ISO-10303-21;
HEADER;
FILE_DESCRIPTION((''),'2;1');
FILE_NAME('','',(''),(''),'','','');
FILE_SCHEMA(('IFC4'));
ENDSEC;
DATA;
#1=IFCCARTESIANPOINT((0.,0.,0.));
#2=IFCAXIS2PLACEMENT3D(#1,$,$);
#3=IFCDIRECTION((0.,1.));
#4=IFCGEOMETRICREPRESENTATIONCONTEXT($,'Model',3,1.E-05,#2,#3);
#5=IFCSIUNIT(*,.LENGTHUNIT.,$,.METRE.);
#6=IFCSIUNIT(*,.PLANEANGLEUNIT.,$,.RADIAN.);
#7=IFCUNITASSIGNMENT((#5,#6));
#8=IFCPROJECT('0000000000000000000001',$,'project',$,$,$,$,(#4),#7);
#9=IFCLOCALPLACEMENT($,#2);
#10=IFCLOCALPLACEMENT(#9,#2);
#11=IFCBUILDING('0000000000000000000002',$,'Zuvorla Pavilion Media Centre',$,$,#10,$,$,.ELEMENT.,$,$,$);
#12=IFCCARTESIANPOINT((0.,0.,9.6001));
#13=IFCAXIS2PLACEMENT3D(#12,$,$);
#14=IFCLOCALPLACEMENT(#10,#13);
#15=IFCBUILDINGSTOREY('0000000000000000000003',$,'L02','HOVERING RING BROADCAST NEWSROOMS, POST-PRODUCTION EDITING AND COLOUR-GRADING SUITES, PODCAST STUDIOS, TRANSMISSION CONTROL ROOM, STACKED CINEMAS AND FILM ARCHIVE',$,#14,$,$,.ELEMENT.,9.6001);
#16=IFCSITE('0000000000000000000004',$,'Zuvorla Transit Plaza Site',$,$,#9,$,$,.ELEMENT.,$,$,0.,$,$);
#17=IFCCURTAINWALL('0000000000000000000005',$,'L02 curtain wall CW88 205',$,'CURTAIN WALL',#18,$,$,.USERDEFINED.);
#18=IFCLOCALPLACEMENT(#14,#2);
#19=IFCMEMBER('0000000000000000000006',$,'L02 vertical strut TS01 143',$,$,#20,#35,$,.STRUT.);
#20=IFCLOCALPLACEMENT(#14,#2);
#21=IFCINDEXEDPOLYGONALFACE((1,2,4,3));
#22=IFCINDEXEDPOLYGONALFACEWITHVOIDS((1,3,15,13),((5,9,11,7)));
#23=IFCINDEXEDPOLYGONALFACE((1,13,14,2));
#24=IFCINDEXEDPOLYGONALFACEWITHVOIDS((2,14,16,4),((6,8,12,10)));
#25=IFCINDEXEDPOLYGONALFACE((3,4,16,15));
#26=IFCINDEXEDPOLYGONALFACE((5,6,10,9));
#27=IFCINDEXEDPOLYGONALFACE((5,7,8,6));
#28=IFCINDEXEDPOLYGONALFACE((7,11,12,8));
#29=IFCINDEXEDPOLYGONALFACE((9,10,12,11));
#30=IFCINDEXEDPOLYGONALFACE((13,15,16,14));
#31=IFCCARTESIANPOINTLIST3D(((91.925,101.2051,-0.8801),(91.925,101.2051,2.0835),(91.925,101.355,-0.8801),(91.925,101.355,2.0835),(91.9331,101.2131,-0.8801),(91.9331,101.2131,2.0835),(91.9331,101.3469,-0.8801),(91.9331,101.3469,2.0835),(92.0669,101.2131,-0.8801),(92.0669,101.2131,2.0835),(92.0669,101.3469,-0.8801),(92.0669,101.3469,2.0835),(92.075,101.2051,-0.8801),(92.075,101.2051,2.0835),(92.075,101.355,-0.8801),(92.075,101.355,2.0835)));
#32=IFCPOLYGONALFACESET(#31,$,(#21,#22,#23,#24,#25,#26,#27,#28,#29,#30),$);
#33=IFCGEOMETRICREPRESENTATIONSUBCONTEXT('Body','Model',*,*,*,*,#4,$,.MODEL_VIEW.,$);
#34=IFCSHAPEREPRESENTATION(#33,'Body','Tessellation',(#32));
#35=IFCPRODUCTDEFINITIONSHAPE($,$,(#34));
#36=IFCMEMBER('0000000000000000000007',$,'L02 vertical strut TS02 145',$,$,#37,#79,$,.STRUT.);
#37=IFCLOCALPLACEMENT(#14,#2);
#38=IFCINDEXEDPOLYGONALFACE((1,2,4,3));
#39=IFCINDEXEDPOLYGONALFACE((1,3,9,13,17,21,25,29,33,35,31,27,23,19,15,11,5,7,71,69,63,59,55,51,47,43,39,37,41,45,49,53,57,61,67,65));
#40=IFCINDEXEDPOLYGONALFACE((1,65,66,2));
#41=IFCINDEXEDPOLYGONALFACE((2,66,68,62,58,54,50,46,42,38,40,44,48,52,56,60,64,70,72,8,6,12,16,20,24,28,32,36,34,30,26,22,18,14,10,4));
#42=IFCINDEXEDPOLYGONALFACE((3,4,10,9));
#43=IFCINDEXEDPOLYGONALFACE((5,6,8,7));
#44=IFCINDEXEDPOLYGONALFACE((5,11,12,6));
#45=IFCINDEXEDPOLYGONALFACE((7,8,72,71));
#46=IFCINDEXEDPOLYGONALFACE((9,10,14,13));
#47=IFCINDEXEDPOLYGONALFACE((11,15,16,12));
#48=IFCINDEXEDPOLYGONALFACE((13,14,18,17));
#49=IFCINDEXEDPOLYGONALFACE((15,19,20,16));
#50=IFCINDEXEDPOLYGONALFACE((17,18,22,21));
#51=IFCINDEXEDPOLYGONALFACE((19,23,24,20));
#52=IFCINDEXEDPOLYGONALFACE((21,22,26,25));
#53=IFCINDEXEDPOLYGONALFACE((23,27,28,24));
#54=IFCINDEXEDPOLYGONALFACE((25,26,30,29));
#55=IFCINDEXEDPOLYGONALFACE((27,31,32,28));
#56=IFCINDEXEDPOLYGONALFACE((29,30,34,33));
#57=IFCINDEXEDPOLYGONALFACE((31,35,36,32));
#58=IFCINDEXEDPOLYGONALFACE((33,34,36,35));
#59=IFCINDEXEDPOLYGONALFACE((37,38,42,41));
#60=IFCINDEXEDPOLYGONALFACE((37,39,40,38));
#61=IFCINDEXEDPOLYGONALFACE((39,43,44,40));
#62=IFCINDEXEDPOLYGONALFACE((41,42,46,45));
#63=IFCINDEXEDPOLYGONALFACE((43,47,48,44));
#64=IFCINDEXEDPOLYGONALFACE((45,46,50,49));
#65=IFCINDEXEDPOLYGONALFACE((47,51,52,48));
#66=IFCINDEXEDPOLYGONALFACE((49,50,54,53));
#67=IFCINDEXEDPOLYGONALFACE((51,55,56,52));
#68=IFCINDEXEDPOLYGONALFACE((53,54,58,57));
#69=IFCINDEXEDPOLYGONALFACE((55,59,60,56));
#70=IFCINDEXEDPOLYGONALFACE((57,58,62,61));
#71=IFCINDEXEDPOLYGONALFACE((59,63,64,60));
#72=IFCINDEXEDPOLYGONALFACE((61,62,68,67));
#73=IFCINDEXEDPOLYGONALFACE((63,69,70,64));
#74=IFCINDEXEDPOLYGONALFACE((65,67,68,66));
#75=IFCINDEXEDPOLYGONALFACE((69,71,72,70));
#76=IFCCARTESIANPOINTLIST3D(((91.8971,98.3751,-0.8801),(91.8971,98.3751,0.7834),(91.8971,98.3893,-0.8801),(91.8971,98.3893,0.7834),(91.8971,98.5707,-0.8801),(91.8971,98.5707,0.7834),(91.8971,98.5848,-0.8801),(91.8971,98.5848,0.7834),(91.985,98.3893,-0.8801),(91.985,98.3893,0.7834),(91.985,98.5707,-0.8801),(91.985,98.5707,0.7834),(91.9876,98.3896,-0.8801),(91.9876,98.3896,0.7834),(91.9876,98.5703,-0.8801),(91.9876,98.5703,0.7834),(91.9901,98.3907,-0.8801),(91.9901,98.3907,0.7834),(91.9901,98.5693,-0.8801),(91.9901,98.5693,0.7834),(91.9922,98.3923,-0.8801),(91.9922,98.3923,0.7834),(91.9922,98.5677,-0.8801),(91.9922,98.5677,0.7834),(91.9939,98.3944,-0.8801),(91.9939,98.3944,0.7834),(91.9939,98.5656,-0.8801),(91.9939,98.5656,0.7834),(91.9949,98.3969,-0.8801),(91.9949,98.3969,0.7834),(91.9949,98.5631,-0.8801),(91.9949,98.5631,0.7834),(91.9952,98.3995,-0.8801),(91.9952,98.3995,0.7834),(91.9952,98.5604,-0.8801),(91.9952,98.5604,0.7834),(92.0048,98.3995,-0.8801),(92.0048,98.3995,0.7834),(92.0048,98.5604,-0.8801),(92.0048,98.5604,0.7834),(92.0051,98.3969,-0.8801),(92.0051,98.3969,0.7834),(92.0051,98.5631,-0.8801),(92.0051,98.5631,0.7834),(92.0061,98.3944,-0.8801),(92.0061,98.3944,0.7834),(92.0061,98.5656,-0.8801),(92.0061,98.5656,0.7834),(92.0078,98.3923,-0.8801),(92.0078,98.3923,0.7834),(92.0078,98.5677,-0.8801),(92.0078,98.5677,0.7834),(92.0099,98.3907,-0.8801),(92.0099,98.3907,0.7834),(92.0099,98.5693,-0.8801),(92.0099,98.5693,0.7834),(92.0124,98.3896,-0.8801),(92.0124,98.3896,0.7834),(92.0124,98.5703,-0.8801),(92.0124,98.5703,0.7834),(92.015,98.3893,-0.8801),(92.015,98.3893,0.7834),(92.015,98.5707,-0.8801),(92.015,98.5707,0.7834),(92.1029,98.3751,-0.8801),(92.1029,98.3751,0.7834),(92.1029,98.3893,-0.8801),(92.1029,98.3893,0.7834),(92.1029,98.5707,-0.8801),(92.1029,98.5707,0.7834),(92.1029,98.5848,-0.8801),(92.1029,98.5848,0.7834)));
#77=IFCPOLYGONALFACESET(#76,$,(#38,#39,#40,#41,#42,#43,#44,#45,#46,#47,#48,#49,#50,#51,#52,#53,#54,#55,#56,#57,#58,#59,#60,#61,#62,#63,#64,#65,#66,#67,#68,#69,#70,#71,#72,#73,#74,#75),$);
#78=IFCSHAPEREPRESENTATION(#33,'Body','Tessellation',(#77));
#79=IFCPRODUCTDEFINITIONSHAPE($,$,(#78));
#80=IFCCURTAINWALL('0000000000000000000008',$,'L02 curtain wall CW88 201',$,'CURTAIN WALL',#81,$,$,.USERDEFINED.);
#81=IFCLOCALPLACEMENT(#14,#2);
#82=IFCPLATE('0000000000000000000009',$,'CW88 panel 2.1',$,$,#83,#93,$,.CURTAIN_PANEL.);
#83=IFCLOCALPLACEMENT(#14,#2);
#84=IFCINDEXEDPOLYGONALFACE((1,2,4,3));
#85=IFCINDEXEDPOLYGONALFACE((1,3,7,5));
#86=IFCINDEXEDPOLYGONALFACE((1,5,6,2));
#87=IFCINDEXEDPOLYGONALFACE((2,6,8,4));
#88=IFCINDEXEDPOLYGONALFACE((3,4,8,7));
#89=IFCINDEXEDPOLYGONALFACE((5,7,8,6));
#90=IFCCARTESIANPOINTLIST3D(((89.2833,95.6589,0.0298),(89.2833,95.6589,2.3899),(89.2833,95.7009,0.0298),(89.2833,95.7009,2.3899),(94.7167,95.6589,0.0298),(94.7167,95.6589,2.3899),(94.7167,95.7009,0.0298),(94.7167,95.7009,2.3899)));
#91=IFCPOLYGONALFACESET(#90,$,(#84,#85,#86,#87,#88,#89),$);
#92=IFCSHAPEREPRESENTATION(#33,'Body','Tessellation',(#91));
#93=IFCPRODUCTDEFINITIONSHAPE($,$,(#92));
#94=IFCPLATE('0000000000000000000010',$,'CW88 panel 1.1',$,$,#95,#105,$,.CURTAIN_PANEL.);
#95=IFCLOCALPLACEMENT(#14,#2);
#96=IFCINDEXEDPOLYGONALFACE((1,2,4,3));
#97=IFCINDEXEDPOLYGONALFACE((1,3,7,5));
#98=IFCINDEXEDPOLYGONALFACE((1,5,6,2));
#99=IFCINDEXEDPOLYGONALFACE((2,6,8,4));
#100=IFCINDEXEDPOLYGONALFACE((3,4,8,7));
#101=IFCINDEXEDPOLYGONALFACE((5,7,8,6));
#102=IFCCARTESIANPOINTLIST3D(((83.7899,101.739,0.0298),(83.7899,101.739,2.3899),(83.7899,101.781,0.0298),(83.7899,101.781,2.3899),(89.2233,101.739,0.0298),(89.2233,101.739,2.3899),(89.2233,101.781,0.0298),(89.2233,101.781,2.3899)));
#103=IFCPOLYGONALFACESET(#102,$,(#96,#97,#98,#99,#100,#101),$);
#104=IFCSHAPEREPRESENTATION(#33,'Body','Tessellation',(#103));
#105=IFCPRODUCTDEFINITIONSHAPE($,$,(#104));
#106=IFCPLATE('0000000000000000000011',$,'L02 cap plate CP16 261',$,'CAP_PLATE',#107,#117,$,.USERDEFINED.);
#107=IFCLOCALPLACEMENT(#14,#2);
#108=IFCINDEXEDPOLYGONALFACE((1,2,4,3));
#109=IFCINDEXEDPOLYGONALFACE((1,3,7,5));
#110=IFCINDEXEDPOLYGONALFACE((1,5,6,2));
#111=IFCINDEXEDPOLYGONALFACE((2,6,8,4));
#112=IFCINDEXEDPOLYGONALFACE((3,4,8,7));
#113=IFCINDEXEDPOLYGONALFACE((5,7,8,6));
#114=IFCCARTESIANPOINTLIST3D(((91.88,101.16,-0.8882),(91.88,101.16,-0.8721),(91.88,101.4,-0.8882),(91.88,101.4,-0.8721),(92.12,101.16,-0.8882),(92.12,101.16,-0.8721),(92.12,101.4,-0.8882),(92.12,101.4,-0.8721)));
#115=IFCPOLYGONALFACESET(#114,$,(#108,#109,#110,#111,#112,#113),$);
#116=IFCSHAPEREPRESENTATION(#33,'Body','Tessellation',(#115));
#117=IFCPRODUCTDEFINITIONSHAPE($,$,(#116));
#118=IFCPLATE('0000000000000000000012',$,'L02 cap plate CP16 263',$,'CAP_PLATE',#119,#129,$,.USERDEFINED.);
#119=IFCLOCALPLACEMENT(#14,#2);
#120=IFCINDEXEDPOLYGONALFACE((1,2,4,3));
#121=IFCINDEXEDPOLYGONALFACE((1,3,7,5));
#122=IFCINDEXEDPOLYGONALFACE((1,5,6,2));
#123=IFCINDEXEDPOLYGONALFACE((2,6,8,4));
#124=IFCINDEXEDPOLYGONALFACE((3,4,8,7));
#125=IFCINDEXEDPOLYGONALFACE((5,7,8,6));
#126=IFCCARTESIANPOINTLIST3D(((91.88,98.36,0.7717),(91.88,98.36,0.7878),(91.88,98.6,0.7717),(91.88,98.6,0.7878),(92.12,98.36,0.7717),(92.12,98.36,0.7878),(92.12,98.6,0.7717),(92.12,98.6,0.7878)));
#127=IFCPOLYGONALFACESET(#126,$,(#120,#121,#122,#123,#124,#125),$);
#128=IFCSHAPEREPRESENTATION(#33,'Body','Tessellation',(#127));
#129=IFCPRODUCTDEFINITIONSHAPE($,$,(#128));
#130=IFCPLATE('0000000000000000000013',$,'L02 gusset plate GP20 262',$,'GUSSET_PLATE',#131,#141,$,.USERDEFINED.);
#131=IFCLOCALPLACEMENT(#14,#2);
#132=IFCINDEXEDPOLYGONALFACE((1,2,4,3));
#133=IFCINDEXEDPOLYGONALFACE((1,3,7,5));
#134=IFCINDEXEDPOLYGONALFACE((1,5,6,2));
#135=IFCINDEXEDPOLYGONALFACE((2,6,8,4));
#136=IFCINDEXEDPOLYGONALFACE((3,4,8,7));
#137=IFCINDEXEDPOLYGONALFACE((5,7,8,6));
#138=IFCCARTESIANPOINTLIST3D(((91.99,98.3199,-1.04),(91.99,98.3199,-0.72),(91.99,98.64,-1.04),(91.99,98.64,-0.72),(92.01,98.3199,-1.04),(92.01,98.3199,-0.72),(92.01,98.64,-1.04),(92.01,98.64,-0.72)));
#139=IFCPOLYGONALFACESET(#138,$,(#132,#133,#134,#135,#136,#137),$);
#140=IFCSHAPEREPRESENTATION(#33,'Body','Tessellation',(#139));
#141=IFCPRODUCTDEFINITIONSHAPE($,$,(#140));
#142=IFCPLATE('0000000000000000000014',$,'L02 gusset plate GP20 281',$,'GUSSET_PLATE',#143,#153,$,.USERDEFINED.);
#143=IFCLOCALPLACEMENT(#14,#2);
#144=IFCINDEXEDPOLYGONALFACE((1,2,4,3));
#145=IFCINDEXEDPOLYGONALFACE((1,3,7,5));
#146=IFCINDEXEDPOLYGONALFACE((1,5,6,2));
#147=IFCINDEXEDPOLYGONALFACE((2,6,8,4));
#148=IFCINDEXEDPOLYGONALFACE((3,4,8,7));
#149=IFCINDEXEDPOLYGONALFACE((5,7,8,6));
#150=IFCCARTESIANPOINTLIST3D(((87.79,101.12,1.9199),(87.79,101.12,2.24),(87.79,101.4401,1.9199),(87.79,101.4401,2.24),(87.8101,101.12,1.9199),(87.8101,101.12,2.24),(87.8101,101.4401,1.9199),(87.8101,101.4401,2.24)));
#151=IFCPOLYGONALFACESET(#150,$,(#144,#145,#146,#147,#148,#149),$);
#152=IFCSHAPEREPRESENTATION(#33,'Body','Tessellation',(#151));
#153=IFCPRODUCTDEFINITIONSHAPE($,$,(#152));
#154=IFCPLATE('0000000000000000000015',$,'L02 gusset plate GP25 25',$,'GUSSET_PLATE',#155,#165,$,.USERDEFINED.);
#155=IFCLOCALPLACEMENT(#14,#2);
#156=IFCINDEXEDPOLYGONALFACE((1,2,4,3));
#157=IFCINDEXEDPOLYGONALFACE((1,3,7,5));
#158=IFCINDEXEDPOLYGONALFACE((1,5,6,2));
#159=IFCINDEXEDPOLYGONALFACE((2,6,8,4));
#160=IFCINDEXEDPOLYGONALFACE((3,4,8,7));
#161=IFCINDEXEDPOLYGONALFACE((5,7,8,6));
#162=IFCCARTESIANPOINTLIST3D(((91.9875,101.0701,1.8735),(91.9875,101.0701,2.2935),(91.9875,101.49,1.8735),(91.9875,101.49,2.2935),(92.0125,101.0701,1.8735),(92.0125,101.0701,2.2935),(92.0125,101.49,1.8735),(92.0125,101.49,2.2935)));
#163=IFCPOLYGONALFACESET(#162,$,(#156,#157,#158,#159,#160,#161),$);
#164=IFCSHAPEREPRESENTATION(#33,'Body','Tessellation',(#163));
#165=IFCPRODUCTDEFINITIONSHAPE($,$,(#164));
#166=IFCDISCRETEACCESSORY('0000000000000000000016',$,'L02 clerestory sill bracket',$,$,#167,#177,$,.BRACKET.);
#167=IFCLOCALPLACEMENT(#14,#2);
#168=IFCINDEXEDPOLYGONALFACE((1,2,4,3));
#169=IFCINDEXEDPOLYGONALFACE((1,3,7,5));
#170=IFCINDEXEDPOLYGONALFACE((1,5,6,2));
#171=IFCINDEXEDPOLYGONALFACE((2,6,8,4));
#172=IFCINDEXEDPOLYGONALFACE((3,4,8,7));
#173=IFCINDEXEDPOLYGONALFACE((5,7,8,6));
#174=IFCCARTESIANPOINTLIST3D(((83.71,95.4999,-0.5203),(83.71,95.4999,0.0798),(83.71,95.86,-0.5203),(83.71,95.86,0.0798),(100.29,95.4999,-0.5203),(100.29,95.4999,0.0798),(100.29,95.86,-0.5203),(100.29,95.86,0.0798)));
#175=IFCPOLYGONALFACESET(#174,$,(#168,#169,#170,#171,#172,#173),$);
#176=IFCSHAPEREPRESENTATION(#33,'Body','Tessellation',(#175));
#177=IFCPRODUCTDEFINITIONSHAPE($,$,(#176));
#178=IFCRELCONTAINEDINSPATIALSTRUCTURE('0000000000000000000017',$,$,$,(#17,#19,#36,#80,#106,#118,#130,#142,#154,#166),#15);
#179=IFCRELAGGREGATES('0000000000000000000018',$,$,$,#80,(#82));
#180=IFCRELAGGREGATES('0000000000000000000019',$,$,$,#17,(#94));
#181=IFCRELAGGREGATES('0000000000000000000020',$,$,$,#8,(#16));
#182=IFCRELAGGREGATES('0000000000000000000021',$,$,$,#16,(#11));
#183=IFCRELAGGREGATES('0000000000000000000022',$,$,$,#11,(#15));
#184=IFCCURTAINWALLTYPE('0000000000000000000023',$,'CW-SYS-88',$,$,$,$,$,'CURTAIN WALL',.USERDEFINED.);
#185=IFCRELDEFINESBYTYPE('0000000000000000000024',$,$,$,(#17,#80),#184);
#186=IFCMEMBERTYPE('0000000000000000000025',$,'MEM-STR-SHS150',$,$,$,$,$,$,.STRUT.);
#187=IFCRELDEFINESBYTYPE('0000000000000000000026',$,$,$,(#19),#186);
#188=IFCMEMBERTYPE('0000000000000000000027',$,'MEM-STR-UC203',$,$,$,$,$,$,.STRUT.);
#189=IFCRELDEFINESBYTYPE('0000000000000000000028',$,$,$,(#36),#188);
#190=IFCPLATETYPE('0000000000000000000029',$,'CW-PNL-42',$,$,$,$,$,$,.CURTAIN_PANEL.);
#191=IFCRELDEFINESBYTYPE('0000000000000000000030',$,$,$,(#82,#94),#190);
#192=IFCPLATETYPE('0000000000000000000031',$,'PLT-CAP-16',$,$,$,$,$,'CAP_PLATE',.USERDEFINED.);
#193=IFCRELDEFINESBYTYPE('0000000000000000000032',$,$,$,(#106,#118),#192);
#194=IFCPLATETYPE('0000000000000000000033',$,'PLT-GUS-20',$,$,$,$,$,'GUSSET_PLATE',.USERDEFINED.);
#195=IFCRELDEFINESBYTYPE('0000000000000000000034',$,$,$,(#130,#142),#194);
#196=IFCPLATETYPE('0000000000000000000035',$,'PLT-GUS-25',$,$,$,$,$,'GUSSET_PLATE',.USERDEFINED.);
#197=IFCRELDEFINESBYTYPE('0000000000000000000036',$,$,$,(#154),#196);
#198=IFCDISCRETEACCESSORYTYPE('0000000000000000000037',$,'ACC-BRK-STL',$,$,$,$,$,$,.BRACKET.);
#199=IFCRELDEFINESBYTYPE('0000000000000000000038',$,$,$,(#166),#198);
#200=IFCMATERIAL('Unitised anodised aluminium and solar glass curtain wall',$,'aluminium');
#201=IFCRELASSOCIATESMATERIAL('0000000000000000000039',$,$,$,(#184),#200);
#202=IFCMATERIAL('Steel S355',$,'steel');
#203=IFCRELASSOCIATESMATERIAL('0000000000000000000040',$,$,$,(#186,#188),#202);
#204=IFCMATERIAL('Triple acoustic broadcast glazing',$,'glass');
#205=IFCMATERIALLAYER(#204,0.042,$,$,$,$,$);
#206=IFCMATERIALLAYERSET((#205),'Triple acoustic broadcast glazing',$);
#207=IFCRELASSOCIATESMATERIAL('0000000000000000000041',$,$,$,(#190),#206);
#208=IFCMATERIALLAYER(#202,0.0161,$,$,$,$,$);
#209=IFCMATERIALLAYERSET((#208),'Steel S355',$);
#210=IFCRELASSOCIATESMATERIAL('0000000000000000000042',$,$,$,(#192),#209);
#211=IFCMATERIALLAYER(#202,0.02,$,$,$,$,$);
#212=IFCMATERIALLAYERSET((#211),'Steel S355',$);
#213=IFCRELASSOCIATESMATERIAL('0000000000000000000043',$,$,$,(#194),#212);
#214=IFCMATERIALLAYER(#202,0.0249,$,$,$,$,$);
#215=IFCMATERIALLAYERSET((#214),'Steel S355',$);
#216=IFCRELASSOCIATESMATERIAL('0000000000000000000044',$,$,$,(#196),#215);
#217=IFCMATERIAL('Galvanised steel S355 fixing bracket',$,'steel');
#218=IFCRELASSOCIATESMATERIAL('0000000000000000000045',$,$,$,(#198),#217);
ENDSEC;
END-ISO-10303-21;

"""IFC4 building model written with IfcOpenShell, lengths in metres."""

from ifc_helpers import new_model, si_unit, direction, frame, origin, origin_2d, place, context, subcontext, project, spatial, rectangle, hollow_rectangle, i_section, extrude, material, layer, layer_set, material_profile, profile_set, type_object, element, aggregate, save


model = new_model("IFC4")

# Units and contexts
model_context = context("Model", 3, precision=1e-05, world=origin(), true_north=direction((0.0, 1.0)))
body_context = subcontext(model_context, "Body", "Model", "MODEL_VIEW")
ifc_project = project(units=[si_unit("LENGTHUNIT", "METRE"), si_unit("PLANEANGLEUNIT", "RADIAN")], contexts=[model_context])

# Site, building, storey
site_placement = place(None, origin())
site = spatial("IfcSite", under=ifc_project, at=site_placement, Name="Zuvorla Transit Plaza Site", CompositionType="ELEMENT", RefElevation=0.0)
building_placement = place(site_placement, origin())
building = spatial("IfcBuilding", under=site, at=building_placement, Name="Zuvorla Pavilion Media Centre", CompositionType="ELEMENT")
storey_placement = place(building_placement, frame((0.0, 0.0, 9.6001)))
storey = spatial("IfcBuildingStorey", under=building, at=storey_placement, Name="L02", Description="HOVERING RING BROADCAST NEWSROOMS, POST-PRODUCTION EDITING AND COLOUR-GRADING SUITES, PODCAST STUDIOS, TRANSMISSION CONTROL ROOM, STACKED CINEMAS AND FILM ARCHIVE", CompositionType="ELEMENT", Elevation=9.6001)

# Shared definitions
ifc_material_1 = material(Name="Steel S355", Category="steel")

# Curtain wall
ifc_material_2 = material(Name="Unitised anodised aluminium and solar glass curtain wall", Category="aluminium")
curtain_wall_type = type_object("IfcCurtainWallType", Name="CW-SYS-88", ElementType="CURTAIN WALL", PredefinedType="USERDEFINED", material=ifc_material_2)
curtain_wall_1_placement = place(storey_placement, origin())
curtain_wall_1 = element("IfcCurtainWall", 1, at=curtain_wall_1_placement, inside=storey, type_object=curtain_wall_type, Name="L02 curtain wall CW88 205", ObjectType="CURTAIN WALL", PredefinedType="USERDEFINED")

# Members
ifc_material_profile_1 = material_profile(ifc_material_1, hollow_rectangle(XDim=0.1499, YDim=0.1499, WallThickness=0.0081, at=origin_2d()), Name="SHS 150x150x8")
ifc_profile_set_1 = profile_set([ifc_material_profile_1], Name="Steel S355")
member_type_1 = type_object("IfcMemberType", Name="MEM-STR-SHS150", PredefinedType="STRUT", material=ifc_profile_set_1)
member_1_placement = place(storey_placement, frame((92.0, 101.28, -0.8801), z_axis=(0.0, 0.0, 1.0), x_axis=(1.0, 0.0, 0.0)))
element("IfcMember", 2, at=member_1_placement, inside=storey, type_object=member_type_1, Name="L02 vertical strut TS01 143", PredefinedType="STRUT", context=body_context, shape_type="SweptSolid", body=[
    extrude(hollow_rectangle(XDim=0.1499, YDim=0.1499, WallThickness=0.0081, at=origin_2d()), origin(), (0.0, 0.0, 1.0), 2.9636),
])
ifc_material_profile_2 = material_profile(ifc_material_1, i_section(OverallWidth=0.2058, OverallDepth=0.2097, WebThickness=0.0095, FlangeThickness=0.0142, FilletRadius=0.0103, at=origin_2d()), Name="UC 203x203x60")
ifc_profile_set_2 = profile_set([ifc_material_profile_2], Name="Steel S355")
member_type_2 = type_object("IfcMemberType", Name="MEM-STR-UC203", PredefinedType="STRUT", material=ifc_profile_set_2)
member_2_placement = place(storey_placement, frame((92.0, 98.48, -0.8801), z_axis=(0.0, 0.0, 1.0), x_axis=(1.0, 0.0, 0.0)))
element("IfcMember", 3, at=member_2_placement, inside=storey, type_object=member_type_2, Name="L02 vertical strut TS02 145", PredefinedType="STRUT", context=body_context, shape_type="SweptSolid", body=[
    extrude(i_section(OverallWidth=0.2058, OverallDepth=0.2097, WebThickness=0.0095, FlangeThickness=0.0142, FilletRadius=0.0103, at=origin_2d()), origin(), (0.0, 0.0, 1.0), 1.6636),
])

# Curtain wall, plate
curtain_wall_2_placement = place(storey_placement, origin())
curtain_wall_2 = element("IfcCurtainWall", 4, at=curtain_wall_2_placement, inside=storey, type_object=curtain_wall_type, Name="L02 curtain wall CW88 201", ObjectType="CURTAIN WALL", PredefinedType="USERDEFINED")
ifc_material_3 = material(Name="Triple acoustic broadcast glazing", Category="glass")
ifc_layer_1 = layer(ifc_material_3, 0.042)
ifc_layer_set_1 = layer_set([ifc_layer_1], Name="Triple acoustic broadcast glazing")
plate_type_1 = type_object("IfcPlateType", Name="CW-PNL-42", PredefinedType="CURTAIN_PANEL", material=ifc_layer_set_1)
plate_1_placement = place(storey_placement, frame((92.0, 95.6799, 0.0298), z_axis=(0.0, 0.0, 1.0), x_axis=(1.0, 0.0, 0.0)))
plate_1 = element("IfcPlate", 5, at=plate_1_placement, type_object=plate_type_1, Name="CW88 panel 2.1", PredefinedType="CURTAIN_PANEL", context=body_context, shape_type="SweptSolid", body=[
    extrude(rectangle(XDim=5.4333, YDim=0.042, at=origin_2d()), origin(), (0.0, 0.0, 1.0), 2.3601),
])
aggregate(curtain_wall_2, [plate_1])

# Plate
plate_2_placement = place(storey_placement, frame((86.5066, 101.76, 0.0298), z_axis=(0.0, 0.0, 1.0), x_axis=(1.0, 0.0, 0.0)))
plate_2 = element("IfcPlate", 6, at=plate_2_placement, type_object=plate_type_1, Name="CW88 panel 1.1", PredefinedType="CURTAIN_PANEL", context=body_context, shape_type="SweptSolid", body=[
    extrude(rectangle(XDim=5.4333, YDim=0.042, at=origin_2d()), origin(), (0.0, 0.0, 1.0), 2.3601),
])
aggregate(curtain_wall_1, [plate_2])

# Plates
ifc_layer_2 = layer(ifc_material_1, 0.0161)
ifc_layer_set_2 = layer_set([ifc_layer_2], Name="Steel S355")
plate_type_2 = type_object("IfcPlateType", Name="PLT-CAP-16", ElementType="CAP_PLATE", PredefinedType="USERDEFINED", material=ifc_layer_set_2)
for number, where, z_axis, x_axis, name in (
    (7, (92.0, 101.28, -0.8882), (0.0, 0.0, 1.0), (1.0, 0.0, 0.0), "L02 cap plate CP16 261"),
    (8, (92.0, 98.48, 0.7717), (0.0, 0.0, 1.0), (1.0, 0.0, 0.0), "L02 cap plate CP16 263"),
):
    element("IfcPlate", number, at=place(storey_placement, frame(where, z_axis=z_axis, x_axis=x_axis)), inside=storey, type_object=plate_type_2, Name=name, ObjectType="CAP_PLATE", PredefinedType="USERDEFINED", context=body_context, shape_type="SweptSolid", body=[
        extrude(rectangle(XDim=0.24, YDim=0.24, at=origin_2d()), origin(), (0.0, 0.0, 1.0), 0.0161),
    ])
ifc_layer_3 = layer(ifc_material_1, 0.02)
ifc_layer_set_3 = layer_set([ifc_layer_3], Name="Steel S355")
plate_type_3 = type_object("IfcPlateType", Name="PLT-GUS-20", ElementType="GUSSET_PLATE", PredefinedType="USERDEFINED", material=ifc_layer_set_3)
for number, where, z_axis, x_axis, name in (
    (9, (92.0, 98.48, -1.04), (0.0, 0.0, 1.0), (1.0, 0.0, 0.0), "L02 gusset plate GP20 262"),
    (10, (87.8, 101.28, 1.9199), (0.0, 0.0, 1.0), (1.0, 0.0, 0.0), "L02 gusset plate GP20 281"),
):
    element("IfcPlate", number, at=place(storey_placement, frame(where, z_axis=z_axis, x_axis=x_axis)), inside=storey, type_object=plate_type_3, Name=name, ObjectType="GUSSET_PLATE", PredefinedType="USERDEFINED", context=body_context, shape_type="SweptSolid", body=[
        extrude(rectangle(XDim=0.02, YDim=0.3201, at=origin_2d()), origin(), (0.0, 0.0, 1.0), 0.3201),
    ])
ifc_layer_4 = layer(ifc_material_1, 0.0249)
ifc_layer_set_4 = layer_set([ifc_layer_4], Name="Steel S355")
plate_type_4 = type_object("IfcPlateType", Name="PLT-GUS-25", ElementType="GUSSET_PLATE", PredefinedType="USERDEFINED", material=ifc_layer_set_4)
plate_3_placement = place(storey_placement, frame((92.0, 101.28, 1.8735), z_axis=(0.0, 0.0, 1.0), x_axis=(1.0, 0.0, 0.0)))
element("IfcPlate", 11, at=plate_3_placement, inside=storey, type_object=plate_type_4, Name="L02 gusset plate GP25 25", ObjectType="GUSSET_PLATE", PredefinedType="USERDEFINED", context=body_context, shape_type="SweptSolid", body=[
    extrude(rectangle(XDim=0.0249, YDim=0.4199, at=origin_2d()), origin(), (0.0, 0.0, 1.0), 0.4199),
])

# Discrete accessory
ifc_material_4 = material(Name="Galvanised steel S355 fixing bracket", Category="steel")
discrete_accessory_type = type_object("IfcDiscreteAccessoryType", Name="ACC-BRK-STL", PredefinedType="BRACKET", material=ifc_material_4)
discrete_accessory_placement = place(storey_placement, frame((92.0, 95.6799, -0.5203), z_axis=(0.0, 0.0, 1.0), x_axis=(1.0, 0.0, 0.0)))
element("IfcDiscreteAccessory", 12, at=discrete_accessory_placement, inside=storey, type_object=discrete_accessory_type, Name="L02 clerestory sill bracket", PredefinedType="BRACKET", context=body_context, shape_type="SweptSolid", body=[
    extrude(rectangle(XDim=16.5801, YDim=0.3601, at=origin_2d()), origin(), (0.0, 0.0, 1.0), 0.6001),
])

save(model, "model.ifc")
